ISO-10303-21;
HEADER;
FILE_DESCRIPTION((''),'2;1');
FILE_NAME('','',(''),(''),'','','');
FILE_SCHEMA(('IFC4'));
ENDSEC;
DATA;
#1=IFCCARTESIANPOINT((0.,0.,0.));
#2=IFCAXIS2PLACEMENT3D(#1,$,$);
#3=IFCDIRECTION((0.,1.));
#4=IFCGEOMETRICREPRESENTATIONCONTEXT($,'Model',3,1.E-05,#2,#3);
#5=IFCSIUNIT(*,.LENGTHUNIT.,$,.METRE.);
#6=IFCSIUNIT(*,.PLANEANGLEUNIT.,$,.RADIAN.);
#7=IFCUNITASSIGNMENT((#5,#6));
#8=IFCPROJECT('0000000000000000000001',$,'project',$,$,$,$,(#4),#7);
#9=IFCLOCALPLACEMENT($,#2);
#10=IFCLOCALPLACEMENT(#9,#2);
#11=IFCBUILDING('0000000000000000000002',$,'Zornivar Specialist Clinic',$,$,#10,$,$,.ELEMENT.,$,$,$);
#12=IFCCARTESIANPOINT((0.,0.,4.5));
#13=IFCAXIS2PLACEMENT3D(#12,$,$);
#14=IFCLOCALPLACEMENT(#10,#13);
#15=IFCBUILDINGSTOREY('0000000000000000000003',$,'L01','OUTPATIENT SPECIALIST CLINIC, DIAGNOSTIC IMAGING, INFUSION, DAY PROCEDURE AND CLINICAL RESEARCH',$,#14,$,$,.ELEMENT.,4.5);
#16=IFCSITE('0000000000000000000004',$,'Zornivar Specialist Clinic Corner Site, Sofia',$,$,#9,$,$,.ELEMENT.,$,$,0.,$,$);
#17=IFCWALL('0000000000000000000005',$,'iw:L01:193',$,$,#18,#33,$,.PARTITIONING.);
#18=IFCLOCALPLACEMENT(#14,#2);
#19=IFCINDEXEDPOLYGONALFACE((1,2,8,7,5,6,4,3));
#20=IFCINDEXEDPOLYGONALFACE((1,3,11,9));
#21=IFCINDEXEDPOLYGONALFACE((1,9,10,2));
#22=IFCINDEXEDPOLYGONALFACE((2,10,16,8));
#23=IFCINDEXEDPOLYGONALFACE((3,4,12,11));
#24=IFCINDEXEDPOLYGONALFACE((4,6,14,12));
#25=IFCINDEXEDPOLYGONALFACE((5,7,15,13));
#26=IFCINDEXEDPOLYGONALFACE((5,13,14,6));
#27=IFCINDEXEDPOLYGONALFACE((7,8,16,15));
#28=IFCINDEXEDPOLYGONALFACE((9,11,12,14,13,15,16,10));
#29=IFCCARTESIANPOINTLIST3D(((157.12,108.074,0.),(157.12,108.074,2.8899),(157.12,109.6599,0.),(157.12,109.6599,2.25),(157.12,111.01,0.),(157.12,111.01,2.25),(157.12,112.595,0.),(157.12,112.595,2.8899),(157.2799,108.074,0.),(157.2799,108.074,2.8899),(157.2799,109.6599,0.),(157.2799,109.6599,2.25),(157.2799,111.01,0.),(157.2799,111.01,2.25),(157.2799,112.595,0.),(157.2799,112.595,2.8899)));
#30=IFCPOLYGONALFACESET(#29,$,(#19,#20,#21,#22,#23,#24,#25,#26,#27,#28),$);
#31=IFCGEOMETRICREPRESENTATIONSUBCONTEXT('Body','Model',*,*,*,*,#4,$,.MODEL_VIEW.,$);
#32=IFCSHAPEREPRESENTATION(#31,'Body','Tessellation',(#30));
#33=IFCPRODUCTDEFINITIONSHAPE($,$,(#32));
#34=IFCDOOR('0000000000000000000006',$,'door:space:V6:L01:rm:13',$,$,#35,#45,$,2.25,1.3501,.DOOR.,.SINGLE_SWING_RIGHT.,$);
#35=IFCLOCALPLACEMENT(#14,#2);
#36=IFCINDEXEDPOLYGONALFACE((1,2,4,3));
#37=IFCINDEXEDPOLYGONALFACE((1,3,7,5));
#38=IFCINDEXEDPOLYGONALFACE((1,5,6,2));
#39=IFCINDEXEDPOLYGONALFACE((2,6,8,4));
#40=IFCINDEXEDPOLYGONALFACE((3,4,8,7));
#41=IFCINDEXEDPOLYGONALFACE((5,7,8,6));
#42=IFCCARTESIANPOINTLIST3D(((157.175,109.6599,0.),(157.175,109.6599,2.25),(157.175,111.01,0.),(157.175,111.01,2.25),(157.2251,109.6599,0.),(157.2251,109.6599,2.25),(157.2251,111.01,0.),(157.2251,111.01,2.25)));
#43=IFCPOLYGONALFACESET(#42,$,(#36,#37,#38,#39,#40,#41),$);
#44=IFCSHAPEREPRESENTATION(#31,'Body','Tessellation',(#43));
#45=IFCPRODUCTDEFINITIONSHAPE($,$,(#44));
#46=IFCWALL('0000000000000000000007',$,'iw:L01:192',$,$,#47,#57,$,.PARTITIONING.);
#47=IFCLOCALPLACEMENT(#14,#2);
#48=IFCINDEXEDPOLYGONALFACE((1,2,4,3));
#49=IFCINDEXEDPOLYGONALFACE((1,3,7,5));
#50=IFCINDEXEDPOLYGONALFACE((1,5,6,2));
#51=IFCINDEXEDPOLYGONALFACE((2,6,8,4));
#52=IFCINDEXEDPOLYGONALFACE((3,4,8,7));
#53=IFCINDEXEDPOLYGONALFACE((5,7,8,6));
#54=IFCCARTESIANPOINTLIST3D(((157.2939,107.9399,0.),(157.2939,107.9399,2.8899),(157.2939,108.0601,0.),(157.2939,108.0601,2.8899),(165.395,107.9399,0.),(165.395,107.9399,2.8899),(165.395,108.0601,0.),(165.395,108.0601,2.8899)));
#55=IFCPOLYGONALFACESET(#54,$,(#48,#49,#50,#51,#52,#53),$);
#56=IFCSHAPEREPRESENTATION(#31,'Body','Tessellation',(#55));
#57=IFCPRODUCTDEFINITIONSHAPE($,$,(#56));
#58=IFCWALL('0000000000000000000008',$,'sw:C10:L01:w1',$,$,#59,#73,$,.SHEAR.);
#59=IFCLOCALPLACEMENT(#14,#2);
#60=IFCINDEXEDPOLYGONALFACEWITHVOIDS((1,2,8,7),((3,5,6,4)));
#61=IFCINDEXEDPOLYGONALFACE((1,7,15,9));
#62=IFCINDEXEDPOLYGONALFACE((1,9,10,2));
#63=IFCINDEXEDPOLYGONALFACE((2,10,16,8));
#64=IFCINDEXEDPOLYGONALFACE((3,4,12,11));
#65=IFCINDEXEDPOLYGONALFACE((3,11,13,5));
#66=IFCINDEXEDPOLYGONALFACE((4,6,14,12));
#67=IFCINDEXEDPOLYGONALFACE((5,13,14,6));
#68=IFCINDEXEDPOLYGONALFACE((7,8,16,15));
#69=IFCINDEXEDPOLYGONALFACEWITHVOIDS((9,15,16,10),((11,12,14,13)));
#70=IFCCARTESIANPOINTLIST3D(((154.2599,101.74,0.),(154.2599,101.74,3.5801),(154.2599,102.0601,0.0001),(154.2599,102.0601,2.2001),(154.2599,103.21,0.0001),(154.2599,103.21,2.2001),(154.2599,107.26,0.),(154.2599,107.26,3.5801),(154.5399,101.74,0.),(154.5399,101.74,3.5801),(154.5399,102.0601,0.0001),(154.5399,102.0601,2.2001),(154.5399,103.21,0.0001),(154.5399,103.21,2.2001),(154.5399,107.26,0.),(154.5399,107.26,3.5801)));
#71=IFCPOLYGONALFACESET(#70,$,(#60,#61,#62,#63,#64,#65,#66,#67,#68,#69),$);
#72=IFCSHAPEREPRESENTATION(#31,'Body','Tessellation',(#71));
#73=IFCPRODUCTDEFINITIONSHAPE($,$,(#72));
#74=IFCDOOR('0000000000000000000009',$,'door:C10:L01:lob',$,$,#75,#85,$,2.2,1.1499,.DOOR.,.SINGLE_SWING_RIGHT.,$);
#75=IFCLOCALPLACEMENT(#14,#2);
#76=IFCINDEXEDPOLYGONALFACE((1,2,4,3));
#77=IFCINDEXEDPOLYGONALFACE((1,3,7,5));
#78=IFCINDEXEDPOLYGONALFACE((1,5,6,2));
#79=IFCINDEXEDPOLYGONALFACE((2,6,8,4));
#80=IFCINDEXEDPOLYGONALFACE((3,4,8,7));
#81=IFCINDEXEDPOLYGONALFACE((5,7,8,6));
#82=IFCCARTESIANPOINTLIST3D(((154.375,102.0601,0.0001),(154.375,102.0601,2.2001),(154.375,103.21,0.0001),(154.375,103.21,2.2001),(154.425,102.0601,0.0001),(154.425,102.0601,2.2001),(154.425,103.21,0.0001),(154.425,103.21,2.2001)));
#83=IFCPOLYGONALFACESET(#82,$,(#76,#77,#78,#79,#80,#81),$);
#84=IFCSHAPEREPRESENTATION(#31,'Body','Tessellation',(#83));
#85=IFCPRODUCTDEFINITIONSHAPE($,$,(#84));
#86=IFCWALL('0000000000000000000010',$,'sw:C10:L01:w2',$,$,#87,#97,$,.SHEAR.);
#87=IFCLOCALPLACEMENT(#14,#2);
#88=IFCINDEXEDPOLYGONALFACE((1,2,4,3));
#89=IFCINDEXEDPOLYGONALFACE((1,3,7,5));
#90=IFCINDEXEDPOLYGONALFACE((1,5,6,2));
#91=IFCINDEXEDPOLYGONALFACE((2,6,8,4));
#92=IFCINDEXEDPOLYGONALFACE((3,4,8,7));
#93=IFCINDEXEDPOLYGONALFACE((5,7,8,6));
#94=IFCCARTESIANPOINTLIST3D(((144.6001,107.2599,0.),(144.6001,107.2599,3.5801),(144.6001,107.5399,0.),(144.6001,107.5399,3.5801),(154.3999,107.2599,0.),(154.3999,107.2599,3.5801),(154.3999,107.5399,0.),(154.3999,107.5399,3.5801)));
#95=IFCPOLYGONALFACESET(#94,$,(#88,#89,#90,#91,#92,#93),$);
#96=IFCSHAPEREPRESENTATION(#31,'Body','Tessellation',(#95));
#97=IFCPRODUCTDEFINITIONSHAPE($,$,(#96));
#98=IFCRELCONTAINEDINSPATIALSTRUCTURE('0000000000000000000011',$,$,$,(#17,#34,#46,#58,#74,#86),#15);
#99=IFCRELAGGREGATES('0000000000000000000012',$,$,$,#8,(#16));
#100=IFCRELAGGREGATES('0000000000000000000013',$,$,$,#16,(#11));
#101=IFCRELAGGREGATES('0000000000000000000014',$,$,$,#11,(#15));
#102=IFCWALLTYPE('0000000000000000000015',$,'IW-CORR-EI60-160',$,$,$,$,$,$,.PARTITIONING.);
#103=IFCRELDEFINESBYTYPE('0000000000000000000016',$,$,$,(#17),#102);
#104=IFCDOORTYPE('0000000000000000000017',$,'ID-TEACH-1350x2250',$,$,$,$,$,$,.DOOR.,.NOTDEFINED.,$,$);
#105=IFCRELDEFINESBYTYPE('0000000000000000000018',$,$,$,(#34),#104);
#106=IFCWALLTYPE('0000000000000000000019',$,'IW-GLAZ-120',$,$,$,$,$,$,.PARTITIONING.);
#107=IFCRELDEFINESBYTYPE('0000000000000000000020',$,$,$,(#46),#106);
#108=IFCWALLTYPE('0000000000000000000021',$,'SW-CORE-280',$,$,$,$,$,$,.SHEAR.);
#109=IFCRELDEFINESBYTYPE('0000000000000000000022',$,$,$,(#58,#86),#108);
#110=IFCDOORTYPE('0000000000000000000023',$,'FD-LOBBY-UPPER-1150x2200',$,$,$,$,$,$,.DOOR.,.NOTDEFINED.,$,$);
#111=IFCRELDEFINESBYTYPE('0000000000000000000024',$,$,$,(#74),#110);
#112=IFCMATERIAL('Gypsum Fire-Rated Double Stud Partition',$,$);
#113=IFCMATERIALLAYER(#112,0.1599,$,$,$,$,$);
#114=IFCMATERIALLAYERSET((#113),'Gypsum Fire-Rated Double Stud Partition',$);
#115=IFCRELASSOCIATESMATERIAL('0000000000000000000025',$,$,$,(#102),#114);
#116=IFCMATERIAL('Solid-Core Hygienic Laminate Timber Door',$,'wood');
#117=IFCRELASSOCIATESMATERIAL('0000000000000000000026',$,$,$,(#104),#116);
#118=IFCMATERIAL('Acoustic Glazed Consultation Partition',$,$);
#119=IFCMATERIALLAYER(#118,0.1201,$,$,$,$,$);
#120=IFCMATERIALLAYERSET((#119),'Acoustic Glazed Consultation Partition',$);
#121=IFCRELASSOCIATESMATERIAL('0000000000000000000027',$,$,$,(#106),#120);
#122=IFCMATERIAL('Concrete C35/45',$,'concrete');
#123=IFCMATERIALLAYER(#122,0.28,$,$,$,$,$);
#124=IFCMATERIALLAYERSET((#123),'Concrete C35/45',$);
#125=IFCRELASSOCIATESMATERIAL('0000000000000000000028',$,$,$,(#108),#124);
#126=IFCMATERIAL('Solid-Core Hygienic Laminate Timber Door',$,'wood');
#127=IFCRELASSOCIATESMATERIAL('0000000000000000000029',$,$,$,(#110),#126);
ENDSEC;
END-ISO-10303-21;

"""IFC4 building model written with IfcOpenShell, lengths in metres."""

from ifc_helpers import new_model, si_unit, direction, frame, frame_2d, origin, place, context, subcontext, project, spatial, rectangle, extrude, material, layer, layer_set, type_object, element, fill, save


model = new_model("IFC4")

# Units and contexts
model_context = context("Model", 3, precision=1e-05, world=origin(), true_north=direction((0.0, 1.0)))
body_context = subcontext(model_context, "Body", "Model", "MODEL_VIEW")
ifc_project = project(units=[si_unit("LENGTHUNIT", "METRE"), si_unit("PLANEANGLEUNIT", "RADIAN")], contexts=[model_context])

# Site, building, storey
site_placement = place(None, origin())
site = spatial("IfcSite", under=ifc_project, at=site_placement, Name="Zornivar Specialist Clinic Corner Site, Sofia", CompositionType="ELEMENT", RefElevation=0.0)
building_placement = place(site_placement, origin())
building = spatial("IfcBuilding", under=site, at=building_placement, Name="Zornivar Specialist Clinic", CompositionType="ELEMENT")
storey_placement = place(building_placement, frame((0.0, 0.0, 4.5)))
storey = spatial("IfcBuildingStorey", under=building, at=storey_placement, Name="L01", Description="OUTPATIENT SPECIALIST CLINIC, DIAGNOSTIC IMAGING, INFUSION, DAY PROCEDURE AND CLINICAL RESEARCH", CompositionType="ELEMENT", Elevation=4.5)

# Wall, opening, door
ifc_material_1 = material(Name="Gypsum Fire-Rated Double Stud Partition")
ifc_layer_1 = layer(ifc_material_1, 0.1599)
ifc_layer_set_1 = layer_set([ifc_layer_1], Name="Gypsum Fire-Rated Double Stud Partition")
wall_type_1 = type_object("IfcWallType", Name="IW-CORR-EI60-160", PredefinedType="PARTITIONING", material=ifc_layer_set_1)
ifc_material_2 = material(Name="Solid-Core Hygienic Laminate Timber Door", Category="wood")
door_type_1 = type_object("IfcDoorType", Name="ID-TEACH-1350x2250", OperationType="NOTDEFINED", PredefinedType="DOOR", material=ifc_material_2)
wall_1_placement = place(storey_placement, frame((157.2, 108.074, 0.0), z_axis=(0.0, 0.0, 1.0), x_axis=(0.0, 1.0, 0.0)))
wall_1 = element("IfcWall", 1, at=wall_1_placement, inside=storey, type_object=wall_type_1, Name="iw:L01:193", PredefinedType="PARTITIONING", context=body_context, shape_type="SweptSolid", body=[
    extrude(rectangle(XDim=4.521, YDim=0.1599, at=frame_2d((2.2605, 0.0))), origin(), (0.0, 0.0, 1.0), 2.8899),
])
opening_1_placement = place(wall_1_placement, frame((1.5859, 0.0, 0.0)))
opening_1 = element("IfcOpeningElement", 2, at=opening_1_placement, cuts=wall_1, PredefinedType="OPENING", context=body_context, shape_type="SweptSolid", body=[
    extrude(rectangle(XDim=1.3501, YDim=2.25, at=frame_2d((0.675, 1.125))), frame((0.0, 0.0898, 0.0), z_axis=(0.0, -1.0, 0.0), x_axis=(1.0, 0.0, 0.0)), (0.0, 0.0, 1.0), 0.1799),
])
door_1_placement = place(opening_1_placement, origin())
door_1 = element("IfcDoor", 3, at=door_1_placement, inside=storey, type_object=door_type_1, Name="door:space:V6:L01:rm:13", OperationType="SINGLE_SWING_RIGHT", OverallHeight=2.25, OverallWidth=1.3501, PredefinedType="DOOR", context=body_context, shape_type="SweptSolid", body=[
    extrude(rectangle(XDim=1.3501, YDim=2.25, at=frame_2d((0.675, 1.125))), frame((0.0, 0.0249, 0.0), z_axis=(0.0, -1.0, 0.0), x_axis=(1.0, 0.0, 0.0)), (0.0, 0.0, 1.0), 0.05),
])
fill(opening_1, door_1)

# Wall
ifc_material_3 = material(Name="Acoustic Glazed Consultation Partition")
ifc_layer_2 = layer(ifc_material_3, 0.1201)
ifc_layer_set_2 = layer_set([ifc_layer_2], Name="Acoustic Glazed Consultation Partition")
wall_type_2 = type_object("IfcWallType", Name="IW-GLAZ-120", PredefinedType="PARTITIONING", material=ifc_layer_set_2)
wall_2_placement = place(storey_placement, frame((157.2939, 108.0, 0.0), z_axis=(0.0, 0.0, 1.0), x_axis=(1.0, 0.0, 0.0)))
element("IfcWall", 4, at=wall_2_placement, inside=storey, type_object=wall_type_2, Name="iw:L01:192", PredefinedType="PARTITIONING", context=body_context, shape_type="SweptSolid", body=[
    extrude(rectangle(XDim=8.1011, YDim=0.1201, at=frame_2d((4.0505, 0.0))), origin(), (0.0, 0.0, 1.0), 2.8899),
])

# Wall, opening, door
ifc_material_4 = material(Name="Concrete C35/45", Category="concrete")
ifc_layer_3 = layer(ifc_material_4, 0.28)
ifc_layer_set_3 = layer_set([ifc_layer_3], Name="Concrete C35/45")
wall_type_3 = type_object("IfcWallType", Name="SW-CORE-280", PredefinedType="SHEAR", material=ifc_layer_set_3)
wall_3_placement = place(storey_placement, frame((154.3999, 101.74, 0.0), z_axis=(0.0, 0.0, 1.0), x_axis=(0.0, 1.0, 0.0)))
wall_3 = element("IfcWall", 5, at=wall_3_placement, inside=storey, type_object=wall_type_3, Name="sw:C10:L01:w1", PredefinedType="SHEAR", context=body_context, shape_type="SweptSolid", body=[
    extrude(rectangle(XDim=5.52, YDim=0.28, at=frame_2d((2.76, 0.0))), origin(), (0.0, 0.0, 1.0), 3.5801),
])
opening_2_placement = place(wall_3_placement, frame((0.3201, 0.0, 0.0)))
opening_2 = element("IfcOpeningElement", 6, at=opening_2_placement, cuts=wall_3, PredefinedType="OPENING", context=body_context, shape_type="SweptSolid", body=[
    extrude(rectangle(XDim=1.1499, YDim=2.2, at=frame_2d((0.575, 1.1001))), frame((0.0, 0.1499, 0.0), z_axis=(0.0, -1.0, 0.0), x_axis=(1.0, 0.0, 0.0)), (0.0, 0.0, 1.0), 0.3),
])
ifc_material_5 = material(Name="Solid-Core Hygienic Laminate Timber Door", Category="wood")
door_type_2 = type_object("IfcDoorType", Name="FD-LOBBY-UPPER-1150x2200", OperationType="NOTDEFINED", PredefinedType="DOOR", material=ifc_material_5)
door_2_placement = place(opening_2_placement, origin())
door_2 = element("IfcDoor", 7, at=door_2_placement, inside=storey, type_object=door_type_2, Name="door:C10:L01:lob", OperationType="SINGLE_SWING_RIGHT", OverallHeight=2.2, OverallWidth=1.1499, PredefinedType="DOOR", context=body_context, shape_type="SweptSolid", body=[
    extrude(rectangle(XDim=1.1499, YDim=2.2, at=frame_2d((0.575, 1.1001))), frame((0.0, 0.0249, 0.0), z_axis=(0.0, -1.0, 0.0), x_axis=(1.0, 0.0, 0.0)), (0.0, 0.0, 1.0), 0.05),
])
fill(opening_2, door_2)

# Wall
wall_4_placement = place(storey_placement, frame((154.3999, 107.3999, 0.0), z_axis=(0.0, 0.0, 1.0), x_axis=(-1.0, 0.0, 0.0)))
element("IfcWall", 8, at=wall_4_placement, inside=storey, type_object=wall_type_3, Name="sw:C10:L01:w2", PredefinedType="SHEAR", context=body_context, shape_type="SweptSolid", body=[
    extrude(rectangle(XDim=9.7998, YDim=0.28, at=frame_2d((4.8999, 0.0))), origin(), (0.0, 0.0, 1.0), 3.5801),
])

save(model, "model.ifc")
